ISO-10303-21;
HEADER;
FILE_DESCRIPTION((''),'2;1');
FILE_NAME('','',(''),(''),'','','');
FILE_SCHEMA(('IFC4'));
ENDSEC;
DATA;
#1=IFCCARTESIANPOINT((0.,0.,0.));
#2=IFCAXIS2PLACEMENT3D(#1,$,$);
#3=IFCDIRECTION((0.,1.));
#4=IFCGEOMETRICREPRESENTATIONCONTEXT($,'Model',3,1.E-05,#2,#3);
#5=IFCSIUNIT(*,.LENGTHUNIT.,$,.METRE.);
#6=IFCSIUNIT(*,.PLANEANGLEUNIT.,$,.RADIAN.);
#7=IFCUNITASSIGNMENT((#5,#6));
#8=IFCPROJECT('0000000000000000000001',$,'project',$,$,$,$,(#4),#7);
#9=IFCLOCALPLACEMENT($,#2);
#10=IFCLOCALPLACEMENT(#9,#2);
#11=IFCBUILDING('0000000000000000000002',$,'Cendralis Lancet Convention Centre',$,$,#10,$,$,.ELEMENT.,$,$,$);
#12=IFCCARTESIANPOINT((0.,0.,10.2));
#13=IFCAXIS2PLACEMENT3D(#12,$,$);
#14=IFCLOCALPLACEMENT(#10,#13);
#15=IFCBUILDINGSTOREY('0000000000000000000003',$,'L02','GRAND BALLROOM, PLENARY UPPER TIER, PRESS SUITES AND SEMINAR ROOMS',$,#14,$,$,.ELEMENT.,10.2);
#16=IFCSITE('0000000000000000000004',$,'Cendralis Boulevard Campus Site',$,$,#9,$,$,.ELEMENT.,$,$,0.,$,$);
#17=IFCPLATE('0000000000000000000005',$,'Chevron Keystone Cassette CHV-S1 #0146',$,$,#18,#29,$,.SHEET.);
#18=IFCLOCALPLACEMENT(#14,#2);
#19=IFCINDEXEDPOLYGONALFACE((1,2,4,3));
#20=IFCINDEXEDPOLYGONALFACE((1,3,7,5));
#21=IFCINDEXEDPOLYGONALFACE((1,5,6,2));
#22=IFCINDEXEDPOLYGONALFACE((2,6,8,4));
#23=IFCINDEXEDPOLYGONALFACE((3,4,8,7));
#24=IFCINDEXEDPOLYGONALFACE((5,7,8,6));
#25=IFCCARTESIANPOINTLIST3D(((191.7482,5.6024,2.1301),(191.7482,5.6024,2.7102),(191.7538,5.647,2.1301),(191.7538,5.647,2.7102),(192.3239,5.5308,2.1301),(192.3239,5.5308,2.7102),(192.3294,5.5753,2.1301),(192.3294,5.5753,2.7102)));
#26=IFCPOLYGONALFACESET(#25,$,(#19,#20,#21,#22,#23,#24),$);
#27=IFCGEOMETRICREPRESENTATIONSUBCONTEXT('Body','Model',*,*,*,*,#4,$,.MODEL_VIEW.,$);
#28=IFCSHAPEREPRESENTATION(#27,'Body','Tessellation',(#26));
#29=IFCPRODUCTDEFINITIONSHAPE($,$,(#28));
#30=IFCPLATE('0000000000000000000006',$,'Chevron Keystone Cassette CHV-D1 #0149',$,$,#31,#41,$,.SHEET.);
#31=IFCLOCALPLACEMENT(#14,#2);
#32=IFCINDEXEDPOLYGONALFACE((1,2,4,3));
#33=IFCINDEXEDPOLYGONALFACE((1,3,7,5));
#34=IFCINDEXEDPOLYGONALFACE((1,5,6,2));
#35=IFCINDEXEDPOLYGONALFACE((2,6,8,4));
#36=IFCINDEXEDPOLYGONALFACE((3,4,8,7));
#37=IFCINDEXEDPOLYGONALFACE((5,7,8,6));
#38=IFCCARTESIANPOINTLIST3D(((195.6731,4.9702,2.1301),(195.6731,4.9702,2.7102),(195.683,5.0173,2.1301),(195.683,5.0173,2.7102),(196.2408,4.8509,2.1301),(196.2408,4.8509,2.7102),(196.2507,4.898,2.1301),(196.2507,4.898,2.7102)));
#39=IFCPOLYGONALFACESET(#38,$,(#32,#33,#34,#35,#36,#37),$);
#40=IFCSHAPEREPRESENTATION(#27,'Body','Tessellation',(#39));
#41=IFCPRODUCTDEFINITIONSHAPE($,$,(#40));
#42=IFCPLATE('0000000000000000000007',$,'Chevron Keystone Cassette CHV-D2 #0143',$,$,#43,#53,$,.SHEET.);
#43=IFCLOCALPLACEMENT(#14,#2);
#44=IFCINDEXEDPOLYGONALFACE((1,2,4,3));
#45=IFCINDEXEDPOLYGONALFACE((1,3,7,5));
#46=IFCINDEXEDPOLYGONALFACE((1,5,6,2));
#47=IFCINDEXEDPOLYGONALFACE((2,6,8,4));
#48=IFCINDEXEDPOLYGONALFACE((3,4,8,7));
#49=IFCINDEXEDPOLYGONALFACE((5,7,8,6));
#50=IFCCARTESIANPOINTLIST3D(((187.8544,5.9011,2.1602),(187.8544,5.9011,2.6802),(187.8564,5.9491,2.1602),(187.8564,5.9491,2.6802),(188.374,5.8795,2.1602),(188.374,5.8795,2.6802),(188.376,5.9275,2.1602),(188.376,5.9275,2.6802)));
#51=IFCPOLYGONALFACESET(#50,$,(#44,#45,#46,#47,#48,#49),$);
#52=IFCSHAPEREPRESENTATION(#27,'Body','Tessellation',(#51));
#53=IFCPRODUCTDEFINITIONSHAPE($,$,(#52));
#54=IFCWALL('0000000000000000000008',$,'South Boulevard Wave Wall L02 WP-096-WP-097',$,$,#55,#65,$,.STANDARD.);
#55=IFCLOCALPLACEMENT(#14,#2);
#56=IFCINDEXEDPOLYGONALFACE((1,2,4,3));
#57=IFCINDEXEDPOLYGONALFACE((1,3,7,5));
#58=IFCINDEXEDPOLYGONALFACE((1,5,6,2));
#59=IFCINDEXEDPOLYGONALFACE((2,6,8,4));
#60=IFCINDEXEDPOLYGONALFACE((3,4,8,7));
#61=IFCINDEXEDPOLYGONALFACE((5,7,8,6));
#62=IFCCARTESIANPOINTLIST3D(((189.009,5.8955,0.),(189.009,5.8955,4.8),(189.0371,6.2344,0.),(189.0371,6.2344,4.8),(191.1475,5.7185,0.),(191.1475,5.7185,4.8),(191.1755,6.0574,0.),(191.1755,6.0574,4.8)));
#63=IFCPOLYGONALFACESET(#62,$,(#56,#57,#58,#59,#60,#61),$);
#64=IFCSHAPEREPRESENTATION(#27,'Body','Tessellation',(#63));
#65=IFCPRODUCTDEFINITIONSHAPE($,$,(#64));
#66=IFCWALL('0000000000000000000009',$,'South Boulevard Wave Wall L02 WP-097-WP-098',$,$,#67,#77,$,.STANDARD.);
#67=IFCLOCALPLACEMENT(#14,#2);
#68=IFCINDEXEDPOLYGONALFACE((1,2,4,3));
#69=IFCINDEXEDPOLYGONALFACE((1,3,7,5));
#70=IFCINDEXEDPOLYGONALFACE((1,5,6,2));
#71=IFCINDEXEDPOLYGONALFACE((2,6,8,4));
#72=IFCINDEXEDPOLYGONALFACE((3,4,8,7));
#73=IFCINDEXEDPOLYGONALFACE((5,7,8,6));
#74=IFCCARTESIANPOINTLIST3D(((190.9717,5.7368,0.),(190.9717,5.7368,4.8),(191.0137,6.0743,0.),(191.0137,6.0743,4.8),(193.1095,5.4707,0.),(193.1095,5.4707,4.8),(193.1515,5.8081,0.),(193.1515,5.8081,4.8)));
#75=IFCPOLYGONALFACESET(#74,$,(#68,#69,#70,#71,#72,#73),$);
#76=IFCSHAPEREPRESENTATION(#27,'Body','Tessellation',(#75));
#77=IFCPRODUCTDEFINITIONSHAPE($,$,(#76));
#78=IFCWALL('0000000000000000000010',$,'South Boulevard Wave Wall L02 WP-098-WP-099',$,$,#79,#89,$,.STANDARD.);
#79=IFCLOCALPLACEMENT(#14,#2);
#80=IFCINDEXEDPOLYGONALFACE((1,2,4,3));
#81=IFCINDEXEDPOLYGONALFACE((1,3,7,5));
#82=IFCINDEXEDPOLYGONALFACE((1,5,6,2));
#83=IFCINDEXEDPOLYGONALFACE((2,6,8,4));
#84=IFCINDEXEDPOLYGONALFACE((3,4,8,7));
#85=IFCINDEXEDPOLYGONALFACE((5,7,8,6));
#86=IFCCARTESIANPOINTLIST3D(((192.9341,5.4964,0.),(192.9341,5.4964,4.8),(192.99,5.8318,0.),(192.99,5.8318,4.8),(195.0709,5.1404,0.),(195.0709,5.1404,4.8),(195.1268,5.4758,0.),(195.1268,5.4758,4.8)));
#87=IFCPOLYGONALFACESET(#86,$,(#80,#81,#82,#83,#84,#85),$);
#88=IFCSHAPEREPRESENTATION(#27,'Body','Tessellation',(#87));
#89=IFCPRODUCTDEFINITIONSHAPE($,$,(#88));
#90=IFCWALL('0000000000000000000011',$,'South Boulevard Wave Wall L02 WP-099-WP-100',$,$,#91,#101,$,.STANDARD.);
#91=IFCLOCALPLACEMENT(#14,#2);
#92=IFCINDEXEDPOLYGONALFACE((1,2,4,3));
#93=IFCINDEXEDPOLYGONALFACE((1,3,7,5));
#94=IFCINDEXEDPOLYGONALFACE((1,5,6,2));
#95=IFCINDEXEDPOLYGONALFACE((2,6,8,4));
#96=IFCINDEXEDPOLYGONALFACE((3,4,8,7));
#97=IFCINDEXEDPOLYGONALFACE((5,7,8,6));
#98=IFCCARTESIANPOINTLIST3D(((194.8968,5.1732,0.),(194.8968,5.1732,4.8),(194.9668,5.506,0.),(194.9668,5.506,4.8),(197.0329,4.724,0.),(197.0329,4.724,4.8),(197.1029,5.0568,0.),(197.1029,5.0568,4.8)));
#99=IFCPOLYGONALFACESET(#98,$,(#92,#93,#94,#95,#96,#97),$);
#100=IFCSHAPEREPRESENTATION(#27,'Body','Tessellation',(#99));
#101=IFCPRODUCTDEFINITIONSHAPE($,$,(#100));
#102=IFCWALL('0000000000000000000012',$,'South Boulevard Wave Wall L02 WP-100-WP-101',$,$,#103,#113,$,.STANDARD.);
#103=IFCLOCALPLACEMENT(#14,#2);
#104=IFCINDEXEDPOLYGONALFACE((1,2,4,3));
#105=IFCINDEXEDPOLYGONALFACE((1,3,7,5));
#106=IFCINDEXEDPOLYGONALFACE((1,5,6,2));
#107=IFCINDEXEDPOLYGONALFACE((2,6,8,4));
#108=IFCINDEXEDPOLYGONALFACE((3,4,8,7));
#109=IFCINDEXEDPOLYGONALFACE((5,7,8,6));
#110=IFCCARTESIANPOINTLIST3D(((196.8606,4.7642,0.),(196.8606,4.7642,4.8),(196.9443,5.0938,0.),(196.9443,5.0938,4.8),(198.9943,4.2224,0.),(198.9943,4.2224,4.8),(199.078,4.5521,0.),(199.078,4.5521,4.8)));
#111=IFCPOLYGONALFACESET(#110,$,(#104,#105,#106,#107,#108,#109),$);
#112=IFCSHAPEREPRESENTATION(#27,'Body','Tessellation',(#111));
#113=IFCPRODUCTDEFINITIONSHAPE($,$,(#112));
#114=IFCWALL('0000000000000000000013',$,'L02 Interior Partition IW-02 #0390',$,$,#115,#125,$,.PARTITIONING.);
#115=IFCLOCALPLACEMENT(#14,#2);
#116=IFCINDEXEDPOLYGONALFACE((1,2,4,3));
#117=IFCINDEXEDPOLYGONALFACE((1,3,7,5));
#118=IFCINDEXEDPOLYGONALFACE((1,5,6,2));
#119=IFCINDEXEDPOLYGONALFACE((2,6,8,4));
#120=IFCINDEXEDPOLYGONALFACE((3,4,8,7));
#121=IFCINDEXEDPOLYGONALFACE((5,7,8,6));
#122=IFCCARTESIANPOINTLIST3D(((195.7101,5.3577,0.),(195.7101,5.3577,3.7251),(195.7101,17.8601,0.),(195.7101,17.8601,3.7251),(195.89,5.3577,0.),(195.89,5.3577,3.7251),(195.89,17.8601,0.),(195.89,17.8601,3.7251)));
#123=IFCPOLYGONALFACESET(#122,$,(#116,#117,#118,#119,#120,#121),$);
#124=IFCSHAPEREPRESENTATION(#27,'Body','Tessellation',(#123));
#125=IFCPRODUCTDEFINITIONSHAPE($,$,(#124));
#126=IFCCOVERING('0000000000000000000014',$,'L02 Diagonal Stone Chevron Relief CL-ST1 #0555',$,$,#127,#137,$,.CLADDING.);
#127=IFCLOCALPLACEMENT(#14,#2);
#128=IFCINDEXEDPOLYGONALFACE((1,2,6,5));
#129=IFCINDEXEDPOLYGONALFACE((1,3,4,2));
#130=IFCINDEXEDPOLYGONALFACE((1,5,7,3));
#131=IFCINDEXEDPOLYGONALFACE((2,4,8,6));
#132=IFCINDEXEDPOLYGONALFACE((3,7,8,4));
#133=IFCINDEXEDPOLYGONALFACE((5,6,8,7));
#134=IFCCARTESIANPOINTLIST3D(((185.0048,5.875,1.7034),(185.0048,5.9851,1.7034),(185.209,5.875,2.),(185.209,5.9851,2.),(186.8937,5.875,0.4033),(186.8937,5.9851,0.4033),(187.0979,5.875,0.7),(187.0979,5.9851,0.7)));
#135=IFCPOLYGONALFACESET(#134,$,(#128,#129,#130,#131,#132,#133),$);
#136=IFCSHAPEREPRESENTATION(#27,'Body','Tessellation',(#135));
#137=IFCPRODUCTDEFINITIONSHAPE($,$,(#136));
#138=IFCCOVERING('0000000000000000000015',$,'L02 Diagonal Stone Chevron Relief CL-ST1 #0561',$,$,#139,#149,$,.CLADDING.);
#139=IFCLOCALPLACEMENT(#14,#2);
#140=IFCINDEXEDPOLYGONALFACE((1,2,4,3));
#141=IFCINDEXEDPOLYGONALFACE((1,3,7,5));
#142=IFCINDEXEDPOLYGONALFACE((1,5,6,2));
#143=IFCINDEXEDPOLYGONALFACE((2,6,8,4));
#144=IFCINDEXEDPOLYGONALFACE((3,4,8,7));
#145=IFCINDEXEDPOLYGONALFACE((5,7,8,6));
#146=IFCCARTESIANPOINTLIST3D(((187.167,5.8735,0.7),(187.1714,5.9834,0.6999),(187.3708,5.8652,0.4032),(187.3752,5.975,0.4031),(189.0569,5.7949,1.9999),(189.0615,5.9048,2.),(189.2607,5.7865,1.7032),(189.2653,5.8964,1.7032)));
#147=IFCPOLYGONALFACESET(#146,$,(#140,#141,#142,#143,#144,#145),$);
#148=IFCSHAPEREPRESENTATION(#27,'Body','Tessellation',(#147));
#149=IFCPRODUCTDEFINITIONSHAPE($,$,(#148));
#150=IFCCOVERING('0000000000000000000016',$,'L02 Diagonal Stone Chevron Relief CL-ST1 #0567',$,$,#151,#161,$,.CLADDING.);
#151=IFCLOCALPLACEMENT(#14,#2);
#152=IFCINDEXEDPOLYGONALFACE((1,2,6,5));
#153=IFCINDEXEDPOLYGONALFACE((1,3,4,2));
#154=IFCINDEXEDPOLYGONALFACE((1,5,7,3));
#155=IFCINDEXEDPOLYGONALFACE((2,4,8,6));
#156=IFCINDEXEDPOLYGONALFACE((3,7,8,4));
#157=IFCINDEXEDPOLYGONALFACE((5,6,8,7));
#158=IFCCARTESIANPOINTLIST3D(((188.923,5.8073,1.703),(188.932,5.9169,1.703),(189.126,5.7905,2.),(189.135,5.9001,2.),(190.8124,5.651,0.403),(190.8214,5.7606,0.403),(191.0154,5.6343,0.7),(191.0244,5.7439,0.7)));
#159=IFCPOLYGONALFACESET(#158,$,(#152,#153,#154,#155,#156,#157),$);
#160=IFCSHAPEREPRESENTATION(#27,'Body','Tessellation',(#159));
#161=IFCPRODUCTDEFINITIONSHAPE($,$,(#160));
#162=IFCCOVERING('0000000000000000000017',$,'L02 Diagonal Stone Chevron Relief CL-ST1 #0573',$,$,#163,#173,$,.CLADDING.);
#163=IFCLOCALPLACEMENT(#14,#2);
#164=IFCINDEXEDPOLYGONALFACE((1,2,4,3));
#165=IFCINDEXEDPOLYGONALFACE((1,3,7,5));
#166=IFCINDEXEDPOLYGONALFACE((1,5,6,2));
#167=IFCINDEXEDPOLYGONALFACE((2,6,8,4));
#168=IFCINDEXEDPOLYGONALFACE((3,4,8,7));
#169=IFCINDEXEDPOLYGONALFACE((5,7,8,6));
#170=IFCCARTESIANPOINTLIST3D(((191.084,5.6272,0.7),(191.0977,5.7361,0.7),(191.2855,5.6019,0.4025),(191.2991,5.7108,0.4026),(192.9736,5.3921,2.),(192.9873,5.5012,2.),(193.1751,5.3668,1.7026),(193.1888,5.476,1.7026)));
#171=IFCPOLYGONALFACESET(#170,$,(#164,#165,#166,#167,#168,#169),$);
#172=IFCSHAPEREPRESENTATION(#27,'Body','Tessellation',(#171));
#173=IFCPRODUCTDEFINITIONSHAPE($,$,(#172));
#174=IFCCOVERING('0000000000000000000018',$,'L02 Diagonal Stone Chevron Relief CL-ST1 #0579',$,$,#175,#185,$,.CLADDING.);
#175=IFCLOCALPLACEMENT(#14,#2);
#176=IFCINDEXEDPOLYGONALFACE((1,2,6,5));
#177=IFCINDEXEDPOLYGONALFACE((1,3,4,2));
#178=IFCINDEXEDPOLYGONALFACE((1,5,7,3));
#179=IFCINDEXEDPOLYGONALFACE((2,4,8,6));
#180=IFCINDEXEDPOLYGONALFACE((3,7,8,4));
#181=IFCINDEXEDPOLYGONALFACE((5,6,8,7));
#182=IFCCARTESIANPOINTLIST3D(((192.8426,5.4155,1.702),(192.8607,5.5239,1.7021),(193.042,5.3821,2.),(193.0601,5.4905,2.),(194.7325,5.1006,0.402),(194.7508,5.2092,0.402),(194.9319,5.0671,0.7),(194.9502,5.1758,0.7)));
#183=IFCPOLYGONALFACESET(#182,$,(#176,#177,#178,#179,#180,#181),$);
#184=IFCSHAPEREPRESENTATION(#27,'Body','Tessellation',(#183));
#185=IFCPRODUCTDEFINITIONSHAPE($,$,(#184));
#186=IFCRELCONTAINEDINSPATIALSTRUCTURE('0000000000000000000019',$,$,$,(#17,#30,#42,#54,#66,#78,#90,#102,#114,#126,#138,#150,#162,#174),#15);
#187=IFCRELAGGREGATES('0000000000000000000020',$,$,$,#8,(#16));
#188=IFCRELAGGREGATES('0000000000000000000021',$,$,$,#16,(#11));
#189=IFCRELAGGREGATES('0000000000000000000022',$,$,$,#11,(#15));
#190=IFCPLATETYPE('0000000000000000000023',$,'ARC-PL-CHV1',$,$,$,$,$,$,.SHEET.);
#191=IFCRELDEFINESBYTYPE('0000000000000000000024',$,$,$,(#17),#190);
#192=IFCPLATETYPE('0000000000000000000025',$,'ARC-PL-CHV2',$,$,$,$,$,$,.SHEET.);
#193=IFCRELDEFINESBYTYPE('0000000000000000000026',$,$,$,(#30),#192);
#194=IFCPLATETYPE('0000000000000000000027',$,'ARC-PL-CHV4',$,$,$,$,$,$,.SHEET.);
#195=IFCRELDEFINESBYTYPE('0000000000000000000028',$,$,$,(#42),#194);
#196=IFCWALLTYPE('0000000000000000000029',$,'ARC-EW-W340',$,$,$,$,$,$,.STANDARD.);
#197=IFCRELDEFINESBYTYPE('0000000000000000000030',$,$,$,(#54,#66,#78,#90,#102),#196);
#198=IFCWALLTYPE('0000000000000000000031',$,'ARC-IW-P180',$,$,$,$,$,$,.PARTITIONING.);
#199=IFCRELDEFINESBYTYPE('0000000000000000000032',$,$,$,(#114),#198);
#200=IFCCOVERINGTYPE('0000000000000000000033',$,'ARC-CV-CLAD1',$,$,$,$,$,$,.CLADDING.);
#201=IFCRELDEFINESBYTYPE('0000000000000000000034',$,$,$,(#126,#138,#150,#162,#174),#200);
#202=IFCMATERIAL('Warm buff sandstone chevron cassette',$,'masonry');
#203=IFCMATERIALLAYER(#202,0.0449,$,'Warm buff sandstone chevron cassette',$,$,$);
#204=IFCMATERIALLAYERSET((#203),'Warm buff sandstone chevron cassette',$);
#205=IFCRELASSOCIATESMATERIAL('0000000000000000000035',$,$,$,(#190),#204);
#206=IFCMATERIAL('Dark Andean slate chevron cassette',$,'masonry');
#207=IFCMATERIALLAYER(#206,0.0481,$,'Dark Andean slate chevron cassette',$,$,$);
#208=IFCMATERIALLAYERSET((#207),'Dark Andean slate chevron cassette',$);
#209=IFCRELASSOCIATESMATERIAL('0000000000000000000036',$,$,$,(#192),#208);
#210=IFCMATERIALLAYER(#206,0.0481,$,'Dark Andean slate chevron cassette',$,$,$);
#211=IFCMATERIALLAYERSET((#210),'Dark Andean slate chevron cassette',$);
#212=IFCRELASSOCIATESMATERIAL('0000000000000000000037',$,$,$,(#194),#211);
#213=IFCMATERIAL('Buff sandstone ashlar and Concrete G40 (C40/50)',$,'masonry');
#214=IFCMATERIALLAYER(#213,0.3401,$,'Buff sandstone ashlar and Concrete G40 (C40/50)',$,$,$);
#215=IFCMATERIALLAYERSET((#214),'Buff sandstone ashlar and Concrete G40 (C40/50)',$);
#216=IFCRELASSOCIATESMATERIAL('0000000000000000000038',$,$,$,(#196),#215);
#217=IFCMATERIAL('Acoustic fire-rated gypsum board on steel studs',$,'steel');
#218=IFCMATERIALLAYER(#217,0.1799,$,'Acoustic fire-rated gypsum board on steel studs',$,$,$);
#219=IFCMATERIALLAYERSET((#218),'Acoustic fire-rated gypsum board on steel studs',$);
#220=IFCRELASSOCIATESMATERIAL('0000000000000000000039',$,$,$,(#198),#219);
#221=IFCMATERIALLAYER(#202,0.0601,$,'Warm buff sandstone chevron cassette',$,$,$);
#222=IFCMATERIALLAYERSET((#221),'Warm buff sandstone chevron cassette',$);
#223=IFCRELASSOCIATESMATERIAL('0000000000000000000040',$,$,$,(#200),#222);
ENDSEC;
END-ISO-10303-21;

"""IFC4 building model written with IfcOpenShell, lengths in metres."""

from ifc_helpers import new_model, si_unit, direction, frame, frame_2d, origin, origin_2d, place, context, subcontext, project, spatial, polyline, rectangle, outline, extrude, material, layer, layer_set, type_object, element, save


model = new_model("IFC4")

# Units and contexts
model_context = context("Model", 3, precision=1e-05, world=origin(), true_north=direction((0.0, 1.0)))
body_context = subcontext(model_context, "Body", "Model", "MODEL_VIEW")
ifc_project = project(units=[si_unit("LENGTHUNIT", "METRE"), si_unit("PLANEANGLEUNIT", "RADIAN")], contexts=[model_context])

# Site, building, storey
site_placement = place(None, origin())
site = spatial("IfcSite", under=ifc_project, at=site_placement, Name="Cendralis Boulevard Campus Site", CompositionType="ELEMENT", RefElevation=0.0)
building_placement = place(site_placement, origin())
building = spatial("IfcBuilding", under=site, at=building_placement, Name="Cendralis Lancet Convention Centre", CompositionType="ELEMENT")
storey_placement = place(building_placement, frame((0.0, 0.0, 10.2)))
storey = spatial("IfcBuildingStorey", under=building, at=storey_placement, Name="L02", Description="GRAND BALLROOM, PLENARY UPPER TIER, PRESS SUITES AND SEMINAR ROOMS", CompositionType="ELEMENT", Elevation=10.2)

# Plates
ifc_material_1 = material(Name="Warm buff sandstone chevron cassette", Category="masonry")
ifc_layer_1 = layer(ifc_material_1, 0.0449, Name="Warm buff sandstone chevron cassette")
ifc_layer_set_1 = layer_set([ifc_layer_1], Name="Warm buff sandstone chevron cassette")
plate_type_1 = type_object("IfcPlateType", Name="ARC-PL-CHV1", PredefinedType="SHEET", material=ifc_layer_set_1)
plate_1_placement = place(storey_placement, frame((192.0388, 5.5889, 2.1301), z_axis=(0.0, 0.0, 1.0), x_axis=(0.992347, -0.12348, 0.0)))
element("IfcPlate", 1, at=plate_1_placement, inside=storey, type_object=plate_type_1, Name="Chevron Keystone Cassette CHV-S1 #0146", PredefinedType="SHEET", context=body_context, shape_type="SweptSolid", body=[
    extrude(rectangle(XDim=0.5801, YDim=0.0449, at=origin_2d()), origin(), (0.0, 0.0, 1.0), 0.5801),
])
ifc_material_2 = material(Name="Dark Andean slate chevron cassette", Category="masonry")
ifc_layer_2 = layer(ifc_material_2, 0.0481, Name="Dark Andean slate chevron cassette")
ifc_layer_set_2 = layer_set([ifc_layer_2], Name="Dark Andean slate chevron cassette")
plate_type_2 = type_object("IfcPlateType", Name="ARC-PL-CHV2", PredefinedType="SHEET", material=ifc_layer_set_2)
plate_2_placement = place(storey_placement, frame((195.9619, 4.9341, 2.1301), z_axis=(0.0, 0.0, 1.0), x_axis=(0.978624, -0.205658, 0.0)))
element("IfcPlate", 2, at=plate_2_placement, inside=storey, type_object=plate_type_2, Name="Chevron Keystone Cassette CHV-D1 #0149", PredefinedType="SHEET", context=body_context, shape_type="SweptSolid", body=[
    extrude(rectangle(XDim=0.5801, YDim=0.0481, at=origin_2d()), origin(), (0.0, 0.0, 1.0), 0.5801),
])
ifc_layer_3 = layer(ifc_material_2, 0.0481, Name="Dark Andean slate chevron cassette")
ifc_layer_set_3 = layer_set([ifc_layer_3], Name="Dark Andean slate chevron cassette")
plate_type_3 = type_object("IfcPlateType", Name="ARC-PL-CHV4", PredefinedType="SHEET", material=ifc_layer_set_3)
plate_3_placement = place(storey_placement, frame((188.1152, 5.9143, 2.1602), z_axis=(0.0, 0.0, 1.0), x_axis=(0.999134, -0.041597, 0.0)))
element("IfcPlate", 3, at=plate_3_placement, inside=storey, type_object=plate_type_3, Name="Chevron Keystone Cassette CHV-D2 #0143", PredefinedType="SHEET", context=body_context, shape_type="SweptSolid", body=[
    extrude(rectangle(XDim=0.52, YDim=0.0481, at=origin_2d()), origin(), (0.0, 0.0, 1.0), 0.52),
])

# Walls
ifc_material_3 = material(Name="Buff sandstone ashlar and Concrete G40 (C40/50)", Category="masonry")
ifc_layer_4 = layer(ifc_material_3, 0.3401, Name="Buff sandstone ashlar and Concrete G40 (C40/50)")
ifc_layer_set_4 = layer_set([ifc_layer_4], Name="Buff sandstone ashlar and Concrete G40 (C40/50)")
wall_type_1 = type_object("IfcWallType", Name="ARC-EW-W340", PredefinedType="STANDARD", material=ifc_layer_set_4)
wall_1_placement = place(storey_placement, frame((189.0232, 6.0649, 0.0), z_axis=(0.0, 0.0, 1.0), x_axis=(0.996592, -0.08249, 0.0)))
element("IfcWall", 4, at=wall_1_placement, inside=storey, type_object=wall_type_1, Name="South Boulevard Wave Wall L02 WP-096-WP-097", PredefinedType="STANDARD", context=body_context, shape_type="SweptSolid", body=[
    extrude(rectangle(XDim=2.1458, YDim=0.3401, at=frame_2d((1.0728, 0.0))), origin(), (0.0, 0.0, 1.0), 4.8),
])
wall_2_placement = place(storey_placement, frame((190.9927, 5.9055, 0.0), z_axis=(0.0, 0.0, 1.0), x_axis=(0.992341, -0.123533, 0.0)))
element("IfcWall", 5, at=wall_2_placement, inside=storey, type_object=wall_type_1, Name="South Boulevard Wave Wall L02 WP-097-WP-098", PredefinedType="STANDARD", context=body_context, shape_type="SweptSolid", body=[
    extrude(rectangle(XDim=2.1543, YDim=0.3401, at=frame_2d((1.0771, 0.0))), origin(), (0.0, 0.0, 1.0), 4.8),
])
wall_3_placement = place(storey_placement, frame((192.9622, 5.6641, 0.0), z_axis=(0.0, 0.0, 1.0), x_axis=(0.986406, -0.164326, 0.0)))
element("IfcWall", 6, at=wall_3_placement, inside=storey, type_object=wall_type_1, Name="South Boulevard Wave Wall L02 WP-098-WP-099", PredefinedType="STANDARD", context=body_context, shape_type="SweptSolid", body=[
    extrude(rectangle(XDim=2.1663, YDim=0.3401, at=frame_2d((1.083, 0.0))), origin(), (0.0, 0.0, 1.0), 4.8),
])
wall_4_placement = place(storey_placement, frame((194.9319, 5.3396, 0.0), z_axis=(0.0, 0.0, 1.0), x_axis=(0.978597, -0.205785, 0.0)))
element("IfcWall", 7, at=wall_4_placement, inside=storey, type_object=wall_type_1, Name="South Boulevard Wave Wall L02 WP-099-WP-100", PredefinedType="STANDARD", context=body_context, shape_type="SweptSolid", body=[
    extrude(rectangle(XDim=2.1829, YDim=0.3401, at=frame_2d((1.0913, 0.0))), origin(), (0.0, 0.0, 1.0), 4.8),
])
wall_5_placement = place(storey_placement, frame((196.9026, 4.929, 0.0), z_axis=(0.0, 0.0, 1.0), x_axis=(0.969249, -0.246083, 0.0)))
element("IfcWall", 8, at=wall_5_placement, inside=storey, type_object=wall_type_1, Name="South Boulevard Wave Wall L02 WP-100-WP-101", PredefinedType="STANDARD", context=body_context, shape_type="SweptSolid", body=[
    extrude(rectangle(XDim=2.2014, YDim=0.3401, at=frame_2d((1.1006, 0.0))), origin(), (0.0, 0.0, 1.0), 4.8),
])
ifc_material_4 = material(Name="Acoustic fire-rated gypsum board on steel studs", Category="steel")
ifc_layer_5 = layer(ifc_material_4, 0.1799, Name="Acoustic fire-rated gypsum board on steel studs")
ifc_layer_set_5 = layer_set([ifc_layer_5], Name="Acoustic fire-rated gypsum board on steel studs")
wall_type_2 = type_object("IfcWallType", Name="ARC-IW-P180", PredefinedType="PARTITIONING", material=ifc_layer_set_5)
wall_6_placement = place(storey_placement, frame((195.8, 5.3577, 0.0), z_axis=(0.0, 0.0, 1.0), x_axis=(0.0, 1.0, 0.0)))
element("IfcWall", 9, at=wall_6_placement, inside=storey, type_object=wall_type_2, Name="L02 Interior Partition IW-02 #0390", PredefinedType="PARTITIONING", context=body_context, shape_type="SweptSolid", body=[
    extrude(rectangle(XDim=12.5024, YDim=0.1799, at=frame_2d((6.2512, 0.0))), origin(), (0.0, 0.0, 1.0), 3.7251),
])

# Coverings
ifc_layer_6 = layer(ifc_material_1, 0.0601, Name="Warm buff sandstone chevron cassette")
ifc_layer_set_6 = layer_set([ifc_layer_6], Name="Warm buff sandstone chevron cassette")
covering_type_1 = type_object("IfcCoveringType", Name="ARC-CV-CLAD1", PredefinedType="CLADDING", material=ifc_layer_set_6)
covering_1_placement = place(storey_placement, frame((185.209, 5.875, 2.0), z_axis=(0.566949, 0.0, 0.823753), x_axis=(0.823753, 0.0, -0.566949)))
element("IfcCovering", 10, at=covering_1_placement, inside=storey, type_object=covering_type_1, Name="L02 Diagonal Stone Chevron Relief CL-ST1 #0555", PredefinedType="CLADDING", context=body_context, shape_type="SweptSolid", body=[
    extrude(outline(polyline([(0.0, 0.0), (2.2931, 0.0), (2.2931, 0.1101), (0.0, 0.1101), (0.0, 0.0)])), origin(), (0.0, 0.0, -1.0), 0.3601),
])
covering_2_placement = place(storey_placement, frame((187.167, 5.8735, 0.7), z_axis=(-0.565915, 0.023265, 0.824135), x_axis=(0.823423, -0.034252, 0.566393)))
element("IfcCovering", 11, at=covering_2_placement, inside=storey, type_object=covering_type_1, Name="L02 Diagonal Stone Chevron Relief CL-ST1 #0561", PredefinedType="CLADDING", context=body_context, shape_type="SweptSolid", body=[
    extrude(outline(polyline([(0.0, 0.0), (2.2952, 0.0), (2.2953, 0.11), (-0.0001, 0.11), (0.0, 0.0)])), origin(), (0.0, 0.0, -1.0), 0.3601),
])
covering_3_placement = place(storey_placement, frame((189.126, 5.7905, 2.0), z_axis=(0.563628, -0.046446, 0.824722), x_axis=(0.821916, -0.067971, -0.565539)))
element("IfcCovering", 12, at=covering_3_placement, inside=storey, type_object=covering_type_1, Name="L02 Diagonal Stone Chevron Relief CL-ST1 #0567", PredefinedType="CLADDING", context=body_context, shape_type="SweptSolid", body=[
    extrude(outline(polyline([(0.0, 0.0), (2.2988, 0.0), (2.2988, 0.11), (0.0, 0.11), (0.0, 0.0)])), origin(), (0.0, 0.0, -1.0), 0.3601),
])
covering_4_placement = place(storey_placement, frame((191.084, 5.6272, 0.7), z_axis=(-0.559466, 0.070168, 0.825878), x_axis=(0.819559, -0.101968, 0.563849)))
element("IfcCovering", 13, at=covering_4_placement, inside=storey, type_object=covering_type_1, Name="L02 Diagonal Stone Chevron Relief CL-ST1 #0573", PredefinedType="CLADDING", context=body_context, shape_type="SweptSolid", body=[
    extrude(outline(polyline([(0.0, 0.0), (2.3057, 0.0), (2.3058, 0.11), (0.0001, 0.1097), (0.0, 0.0)])), origin(), (0.0, 0.0, -1.0), 0.3601),
])
covering_5_placement = place(storey_placement, frame((193.042, 5.3821, 2.0), z_axis=(0.553739, -0.092809, 0.827502), x_axis=(0.816246, -0.136023, -0.561463)))
element("IfcCovering", 14, at=covering_5_placement, inside=storey, type_object=covering_type_1, Name="L02 Diagonal Stone Chevron Relief CL-ST1 #0579", PredefinedType="CLADDING", context=body_context, shape_type="SweptSolid", body=[
    extrude(outline(polyline([(0.0, 0.0), (2.3154, 0.0), (2.3156, 0.1102), (0.0, 0.1099), (0.0, 0.0)])), origin(), (0.0, 0.0, -1.0), 0.3601),
])

save(model, "model.ifc")
